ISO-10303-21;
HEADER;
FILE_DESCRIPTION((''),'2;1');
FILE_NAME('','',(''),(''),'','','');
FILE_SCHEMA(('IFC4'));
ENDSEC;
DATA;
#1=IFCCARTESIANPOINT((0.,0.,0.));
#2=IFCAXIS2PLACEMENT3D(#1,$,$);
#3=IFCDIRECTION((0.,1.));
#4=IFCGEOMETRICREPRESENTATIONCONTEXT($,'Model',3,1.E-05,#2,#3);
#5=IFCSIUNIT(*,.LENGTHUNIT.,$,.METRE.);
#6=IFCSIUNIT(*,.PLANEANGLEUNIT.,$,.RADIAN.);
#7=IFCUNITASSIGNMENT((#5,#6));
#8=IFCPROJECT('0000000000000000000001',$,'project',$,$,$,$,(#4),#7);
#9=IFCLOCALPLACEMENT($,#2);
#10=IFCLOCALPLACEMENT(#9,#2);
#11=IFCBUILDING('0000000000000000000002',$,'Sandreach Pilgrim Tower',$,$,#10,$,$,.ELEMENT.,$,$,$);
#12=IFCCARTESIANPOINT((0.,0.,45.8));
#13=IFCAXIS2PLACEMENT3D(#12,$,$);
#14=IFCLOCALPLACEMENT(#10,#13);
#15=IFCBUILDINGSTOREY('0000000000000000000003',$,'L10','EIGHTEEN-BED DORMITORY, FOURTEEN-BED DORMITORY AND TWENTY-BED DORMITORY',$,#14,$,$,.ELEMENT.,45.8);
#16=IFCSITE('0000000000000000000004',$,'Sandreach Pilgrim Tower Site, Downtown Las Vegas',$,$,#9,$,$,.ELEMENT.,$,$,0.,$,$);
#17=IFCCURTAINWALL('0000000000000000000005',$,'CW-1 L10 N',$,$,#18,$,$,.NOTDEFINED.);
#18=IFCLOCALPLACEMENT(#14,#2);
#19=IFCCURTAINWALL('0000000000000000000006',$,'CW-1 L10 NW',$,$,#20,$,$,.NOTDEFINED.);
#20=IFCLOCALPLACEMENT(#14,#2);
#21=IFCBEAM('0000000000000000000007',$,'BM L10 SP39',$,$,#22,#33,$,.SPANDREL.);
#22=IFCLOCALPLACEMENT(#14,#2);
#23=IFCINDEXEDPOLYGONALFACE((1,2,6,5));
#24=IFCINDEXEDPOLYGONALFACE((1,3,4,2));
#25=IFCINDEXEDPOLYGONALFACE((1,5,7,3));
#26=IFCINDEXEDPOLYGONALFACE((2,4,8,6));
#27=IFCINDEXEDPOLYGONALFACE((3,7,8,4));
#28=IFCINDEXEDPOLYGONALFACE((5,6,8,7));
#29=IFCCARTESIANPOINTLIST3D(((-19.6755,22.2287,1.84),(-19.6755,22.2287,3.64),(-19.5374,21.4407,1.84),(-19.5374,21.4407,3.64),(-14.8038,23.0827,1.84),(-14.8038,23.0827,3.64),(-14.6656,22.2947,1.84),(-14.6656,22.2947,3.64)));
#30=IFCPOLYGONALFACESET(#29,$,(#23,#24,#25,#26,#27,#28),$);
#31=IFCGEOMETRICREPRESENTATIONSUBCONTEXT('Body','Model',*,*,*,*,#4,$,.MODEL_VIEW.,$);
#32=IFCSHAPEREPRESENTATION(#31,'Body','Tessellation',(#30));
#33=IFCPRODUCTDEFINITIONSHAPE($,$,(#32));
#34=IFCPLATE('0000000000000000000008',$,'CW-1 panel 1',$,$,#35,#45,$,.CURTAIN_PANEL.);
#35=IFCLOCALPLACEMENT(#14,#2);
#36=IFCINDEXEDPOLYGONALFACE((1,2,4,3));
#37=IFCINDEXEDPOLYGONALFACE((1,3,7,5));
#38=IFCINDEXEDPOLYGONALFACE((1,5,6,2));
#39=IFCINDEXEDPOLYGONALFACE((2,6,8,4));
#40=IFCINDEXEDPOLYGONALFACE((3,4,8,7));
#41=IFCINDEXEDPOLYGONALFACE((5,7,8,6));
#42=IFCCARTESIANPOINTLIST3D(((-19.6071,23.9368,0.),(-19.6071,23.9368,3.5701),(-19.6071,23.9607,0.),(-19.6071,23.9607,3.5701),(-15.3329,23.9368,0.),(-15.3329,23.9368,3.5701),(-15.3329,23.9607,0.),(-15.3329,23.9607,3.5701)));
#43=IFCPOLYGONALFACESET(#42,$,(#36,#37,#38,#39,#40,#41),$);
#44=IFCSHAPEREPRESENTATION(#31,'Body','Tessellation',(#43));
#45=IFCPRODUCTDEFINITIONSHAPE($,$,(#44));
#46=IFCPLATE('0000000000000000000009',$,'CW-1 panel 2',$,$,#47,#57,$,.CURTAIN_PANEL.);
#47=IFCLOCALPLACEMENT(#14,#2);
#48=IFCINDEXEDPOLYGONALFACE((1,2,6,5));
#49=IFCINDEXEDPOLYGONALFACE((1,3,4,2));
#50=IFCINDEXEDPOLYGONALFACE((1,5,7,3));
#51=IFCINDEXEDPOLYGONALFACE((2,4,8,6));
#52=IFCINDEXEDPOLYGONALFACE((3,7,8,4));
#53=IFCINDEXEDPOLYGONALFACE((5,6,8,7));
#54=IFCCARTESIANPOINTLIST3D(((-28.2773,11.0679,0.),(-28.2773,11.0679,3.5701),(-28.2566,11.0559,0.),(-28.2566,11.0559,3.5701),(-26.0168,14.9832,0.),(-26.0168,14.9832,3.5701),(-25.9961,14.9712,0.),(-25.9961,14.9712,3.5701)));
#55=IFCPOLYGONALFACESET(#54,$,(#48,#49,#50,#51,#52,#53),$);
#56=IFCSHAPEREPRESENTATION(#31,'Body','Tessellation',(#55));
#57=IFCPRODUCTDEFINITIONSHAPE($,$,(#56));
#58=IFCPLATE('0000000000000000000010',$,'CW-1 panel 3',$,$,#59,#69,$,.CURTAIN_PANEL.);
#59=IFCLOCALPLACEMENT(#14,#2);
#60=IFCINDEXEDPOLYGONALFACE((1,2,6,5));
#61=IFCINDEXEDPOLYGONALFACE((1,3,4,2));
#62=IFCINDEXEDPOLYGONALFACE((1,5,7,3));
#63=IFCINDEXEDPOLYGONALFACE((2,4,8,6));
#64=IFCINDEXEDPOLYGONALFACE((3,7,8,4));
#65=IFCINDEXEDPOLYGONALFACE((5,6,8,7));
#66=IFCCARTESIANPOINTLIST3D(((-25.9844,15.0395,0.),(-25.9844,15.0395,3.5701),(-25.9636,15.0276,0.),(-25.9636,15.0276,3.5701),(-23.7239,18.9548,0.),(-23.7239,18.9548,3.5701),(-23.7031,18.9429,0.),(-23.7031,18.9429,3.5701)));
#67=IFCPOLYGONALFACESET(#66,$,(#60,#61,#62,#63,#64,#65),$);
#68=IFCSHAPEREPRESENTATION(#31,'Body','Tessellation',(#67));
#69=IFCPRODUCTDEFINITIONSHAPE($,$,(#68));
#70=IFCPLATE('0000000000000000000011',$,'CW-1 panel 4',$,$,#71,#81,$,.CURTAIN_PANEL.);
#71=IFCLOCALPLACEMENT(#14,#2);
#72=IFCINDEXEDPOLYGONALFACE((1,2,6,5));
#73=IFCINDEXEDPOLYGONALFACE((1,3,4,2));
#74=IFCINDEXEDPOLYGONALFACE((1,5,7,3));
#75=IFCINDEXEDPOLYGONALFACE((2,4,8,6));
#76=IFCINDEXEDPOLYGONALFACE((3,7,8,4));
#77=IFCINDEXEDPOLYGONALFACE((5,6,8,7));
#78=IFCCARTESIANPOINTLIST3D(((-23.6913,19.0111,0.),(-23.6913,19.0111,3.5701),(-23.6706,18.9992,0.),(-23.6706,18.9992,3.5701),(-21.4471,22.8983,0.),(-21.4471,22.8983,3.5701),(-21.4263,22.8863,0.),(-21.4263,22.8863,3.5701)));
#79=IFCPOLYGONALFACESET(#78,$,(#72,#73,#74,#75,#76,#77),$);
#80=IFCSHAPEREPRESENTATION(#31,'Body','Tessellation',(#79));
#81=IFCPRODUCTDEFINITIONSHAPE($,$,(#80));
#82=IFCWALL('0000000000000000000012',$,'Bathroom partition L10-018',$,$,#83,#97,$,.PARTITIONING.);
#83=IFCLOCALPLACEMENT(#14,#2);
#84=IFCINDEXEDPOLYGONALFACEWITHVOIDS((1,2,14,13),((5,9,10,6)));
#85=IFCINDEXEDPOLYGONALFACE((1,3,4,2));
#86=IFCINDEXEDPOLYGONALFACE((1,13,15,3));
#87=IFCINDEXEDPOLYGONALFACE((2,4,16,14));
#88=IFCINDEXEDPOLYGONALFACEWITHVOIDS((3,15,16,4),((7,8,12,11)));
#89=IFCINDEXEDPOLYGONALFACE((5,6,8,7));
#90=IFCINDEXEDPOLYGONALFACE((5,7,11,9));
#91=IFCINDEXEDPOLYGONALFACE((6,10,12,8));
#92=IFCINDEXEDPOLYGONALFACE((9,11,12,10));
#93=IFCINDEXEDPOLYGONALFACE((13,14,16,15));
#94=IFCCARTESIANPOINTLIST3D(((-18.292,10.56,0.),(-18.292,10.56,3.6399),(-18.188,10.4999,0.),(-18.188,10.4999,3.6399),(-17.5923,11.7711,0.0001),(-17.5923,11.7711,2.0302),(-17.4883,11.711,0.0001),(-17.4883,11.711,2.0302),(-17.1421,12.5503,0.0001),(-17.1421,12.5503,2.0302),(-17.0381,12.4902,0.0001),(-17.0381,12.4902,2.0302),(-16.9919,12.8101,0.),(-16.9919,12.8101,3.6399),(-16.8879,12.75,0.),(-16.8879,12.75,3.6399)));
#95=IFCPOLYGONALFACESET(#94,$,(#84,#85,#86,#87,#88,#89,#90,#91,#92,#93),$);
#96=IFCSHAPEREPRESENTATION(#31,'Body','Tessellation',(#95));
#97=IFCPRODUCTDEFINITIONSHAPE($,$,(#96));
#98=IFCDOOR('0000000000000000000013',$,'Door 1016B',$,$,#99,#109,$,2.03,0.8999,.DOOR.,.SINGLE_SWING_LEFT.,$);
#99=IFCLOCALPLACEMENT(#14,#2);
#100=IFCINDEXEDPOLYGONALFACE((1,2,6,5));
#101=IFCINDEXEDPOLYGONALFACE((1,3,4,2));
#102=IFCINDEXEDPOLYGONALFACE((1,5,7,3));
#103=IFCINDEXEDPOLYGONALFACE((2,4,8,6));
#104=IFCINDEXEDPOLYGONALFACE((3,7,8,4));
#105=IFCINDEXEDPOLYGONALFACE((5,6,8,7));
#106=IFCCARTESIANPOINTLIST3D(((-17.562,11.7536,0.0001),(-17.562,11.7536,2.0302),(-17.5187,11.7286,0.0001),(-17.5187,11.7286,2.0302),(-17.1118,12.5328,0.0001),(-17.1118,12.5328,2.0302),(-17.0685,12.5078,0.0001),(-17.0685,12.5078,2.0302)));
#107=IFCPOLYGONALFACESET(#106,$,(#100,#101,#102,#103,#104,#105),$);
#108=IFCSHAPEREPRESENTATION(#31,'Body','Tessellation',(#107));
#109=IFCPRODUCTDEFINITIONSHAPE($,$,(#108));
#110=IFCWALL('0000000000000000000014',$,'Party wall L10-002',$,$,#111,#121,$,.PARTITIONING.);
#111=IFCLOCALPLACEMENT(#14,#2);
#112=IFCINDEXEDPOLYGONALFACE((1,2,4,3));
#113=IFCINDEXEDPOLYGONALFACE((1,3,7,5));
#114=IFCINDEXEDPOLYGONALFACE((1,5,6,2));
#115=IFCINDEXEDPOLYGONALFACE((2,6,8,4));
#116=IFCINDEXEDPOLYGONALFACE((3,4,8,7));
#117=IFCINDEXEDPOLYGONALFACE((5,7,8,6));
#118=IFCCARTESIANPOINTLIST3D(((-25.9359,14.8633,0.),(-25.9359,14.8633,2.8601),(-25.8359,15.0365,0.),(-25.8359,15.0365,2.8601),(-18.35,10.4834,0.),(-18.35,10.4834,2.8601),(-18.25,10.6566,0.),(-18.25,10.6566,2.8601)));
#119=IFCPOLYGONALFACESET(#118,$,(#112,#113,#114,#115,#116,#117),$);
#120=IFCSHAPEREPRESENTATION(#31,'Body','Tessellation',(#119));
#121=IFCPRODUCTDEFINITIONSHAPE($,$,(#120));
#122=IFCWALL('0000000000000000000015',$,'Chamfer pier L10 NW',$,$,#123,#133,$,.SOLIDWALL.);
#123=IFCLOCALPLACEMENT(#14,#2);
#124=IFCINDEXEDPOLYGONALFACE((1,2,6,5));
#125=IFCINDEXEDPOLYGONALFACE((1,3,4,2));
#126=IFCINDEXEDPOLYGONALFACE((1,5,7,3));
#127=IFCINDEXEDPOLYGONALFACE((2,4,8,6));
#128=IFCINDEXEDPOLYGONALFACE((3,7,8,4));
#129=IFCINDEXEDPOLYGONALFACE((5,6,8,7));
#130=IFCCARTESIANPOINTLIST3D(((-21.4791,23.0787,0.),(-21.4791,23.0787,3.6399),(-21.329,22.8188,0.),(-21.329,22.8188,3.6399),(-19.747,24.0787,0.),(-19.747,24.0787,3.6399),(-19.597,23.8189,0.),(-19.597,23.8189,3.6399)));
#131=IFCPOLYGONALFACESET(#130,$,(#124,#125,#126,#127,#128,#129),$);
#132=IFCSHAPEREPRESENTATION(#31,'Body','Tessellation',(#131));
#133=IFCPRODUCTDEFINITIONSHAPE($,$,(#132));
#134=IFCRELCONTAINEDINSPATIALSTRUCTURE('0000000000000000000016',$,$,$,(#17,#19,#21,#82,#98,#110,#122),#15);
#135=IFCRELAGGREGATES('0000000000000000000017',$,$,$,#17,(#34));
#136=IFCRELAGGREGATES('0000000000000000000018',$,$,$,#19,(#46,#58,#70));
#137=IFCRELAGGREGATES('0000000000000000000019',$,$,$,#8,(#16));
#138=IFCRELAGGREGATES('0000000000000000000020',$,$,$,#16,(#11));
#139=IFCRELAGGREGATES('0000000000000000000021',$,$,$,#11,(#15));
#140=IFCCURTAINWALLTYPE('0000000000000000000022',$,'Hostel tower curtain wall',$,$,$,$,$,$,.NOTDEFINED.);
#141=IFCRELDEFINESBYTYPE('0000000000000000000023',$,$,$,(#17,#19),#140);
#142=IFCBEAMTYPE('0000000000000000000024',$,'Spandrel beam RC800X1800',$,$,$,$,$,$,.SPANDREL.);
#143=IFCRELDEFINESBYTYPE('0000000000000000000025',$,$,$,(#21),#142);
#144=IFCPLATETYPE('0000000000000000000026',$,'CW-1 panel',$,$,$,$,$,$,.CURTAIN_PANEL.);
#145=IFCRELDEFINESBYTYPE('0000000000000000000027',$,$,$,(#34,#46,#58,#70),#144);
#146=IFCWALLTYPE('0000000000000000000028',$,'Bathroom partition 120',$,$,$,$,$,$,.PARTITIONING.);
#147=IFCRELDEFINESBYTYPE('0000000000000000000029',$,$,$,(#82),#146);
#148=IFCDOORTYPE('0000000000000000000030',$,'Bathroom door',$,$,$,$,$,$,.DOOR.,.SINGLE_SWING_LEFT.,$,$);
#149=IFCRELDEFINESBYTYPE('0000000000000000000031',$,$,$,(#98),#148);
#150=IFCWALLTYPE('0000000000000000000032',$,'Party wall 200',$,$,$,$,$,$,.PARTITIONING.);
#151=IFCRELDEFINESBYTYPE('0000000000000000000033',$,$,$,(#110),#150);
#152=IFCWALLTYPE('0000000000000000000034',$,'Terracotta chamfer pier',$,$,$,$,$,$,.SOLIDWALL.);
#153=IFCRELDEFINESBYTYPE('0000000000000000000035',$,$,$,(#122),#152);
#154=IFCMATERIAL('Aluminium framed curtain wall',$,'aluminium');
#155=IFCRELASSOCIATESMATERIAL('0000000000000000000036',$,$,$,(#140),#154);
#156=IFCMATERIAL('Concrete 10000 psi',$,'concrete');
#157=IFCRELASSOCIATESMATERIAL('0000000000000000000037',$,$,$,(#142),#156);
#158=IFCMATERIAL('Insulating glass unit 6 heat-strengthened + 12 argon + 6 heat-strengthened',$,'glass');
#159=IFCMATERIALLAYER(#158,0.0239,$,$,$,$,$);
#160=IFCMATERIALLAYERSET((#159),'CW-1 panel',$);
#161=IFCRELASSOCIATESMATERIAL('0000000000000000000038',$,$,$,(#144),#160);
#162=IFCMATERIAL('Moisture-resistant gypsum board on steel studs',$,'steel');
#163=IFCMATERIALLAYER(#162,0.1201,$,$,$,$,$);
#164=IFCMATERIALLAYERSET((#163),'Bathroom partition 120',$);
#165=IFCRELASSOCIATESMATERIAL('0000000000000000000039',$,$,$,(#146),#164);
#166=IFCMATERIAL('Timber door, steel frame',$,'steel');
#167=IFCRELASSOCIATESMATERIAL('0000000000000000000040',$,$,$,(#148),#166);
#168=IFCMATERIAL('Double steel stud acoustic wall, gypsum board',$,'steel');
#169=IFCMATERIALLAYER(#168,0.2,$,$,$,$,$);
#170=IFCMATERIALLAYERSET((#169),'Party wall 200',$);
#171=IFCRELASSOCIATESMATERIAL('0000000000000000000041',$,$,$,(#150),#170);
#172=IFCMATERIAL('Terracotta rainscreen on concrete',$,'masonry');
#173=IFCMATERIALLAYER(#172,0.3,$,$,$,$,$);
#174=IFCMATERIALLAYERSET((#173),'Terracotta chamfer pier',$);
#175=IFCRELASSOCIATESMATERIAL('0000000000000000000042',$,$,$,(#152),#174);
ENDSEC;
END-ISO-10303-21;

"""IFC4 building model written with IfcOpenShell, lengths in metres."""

from ifc_helpers import new_model, si_unit, direction, frame, frame_2d, origin, origin_2d, place, context, subcontext, project, spatial, rectangle, extrude, material, layer, layer_set, material_profile, profile_set, type_object, element, fill, aggregate, save


model = new_model("IFC4")

# Units and contexts
model_context = context("Model", 3, precision=1e-05, world=origin(), true_north=direction((0.0, 1.0)))
body_context = subcontext(model_context, "Body", "Model", "MODEL_VIEW")
ifc_project = project(units=[si_unit("LENGTHUNIT", "METRE"), si_unit("PLANEANGLEUNIT", "RADIAN")], contexts=[model_context])

# Site, building, storey
site_placement = place(None, origin())
site = spatial("IfcSite", under=ifc_project, at=site_placement, Name="Sandreach Pilgrim Tower Site, Downtown Las Vegas", CompositionType="ELEMENT", RefElevation=0.0)
building_placement = place(site_placement, origin())
building = spatial("IfcBuilding", under=site, at=building_placement, Name="Sandreach Pilgrim Tower", CompositionType="ELEMENT")
storey_placement = place(building_placement, frame((0.0, 0.0, 45.8)))
storey = spatial("IfcBuildingStorey", under=building, at=storey_placement, Name="L10", Description="EIGHTEEN-BED DORMITORY, FOURTEEN-BED DORMITORY AND TWENTY-BED DORMITORY", CompositionType="ELEMENT", Elevation=45.8)

# Curtain wall
ifc_material_1 = material(Name="Aluminium framed curtain wall", Category="aluminium")
curtain_wall_type = type_object("IfcCurtainWallType", Name="Hostel tower curtain wall", PredefinedType="NOTDEFINED", material=ifc_material_1)
curtain_wall_1_placement = place(storey_placement, origin())
curtain_wall_1 = element("IfcCurtainWall", 1, at=curtain_wall_1_placement, inside=storey, type_object=curtain_wall_type, Name="CW-1 L10 N", PredefinedType="NOTDEFINED")

# Curtain wall
curtain_wall_2_placement = place(storey_placement, origin())
curtain_wall_2 = element("IfcCurtainWall", 2, at=curtain_wall_2_placement, inside=storey, type_object=curtain_wall_type, Name="CW-1 L10 NW", PredefinedType="NOTDEFINED")

# Beam
ifc_material_2 = material(Name="Concrete 10000 psi", Category="concrete")
ifc_material_profile_1 = material_profile(ifc_material_2, rectangle(XDim=0.8, YDim=1.8, at=origin_2d()), Name="RC800X1800")
ifc_profile_set_1 = profile_set([ifc_material_profile_1], Name="Concrete 10000 psi")
beam_type_1 = type_object("IfcBeamType", Name="Spandrel beam RC800X1800", PredefinedType="SPANDREL", material=ifc_profile_set_1)
beam_1_placement = place(storey_placement, frame((-19.6064, 21.8347, 2.74), z_axis=(0.984981, 0.172662, 0.0), x_axis=(-0.172662, 0.984981, 0.0)))
element("IfcBeam", 3, at=beam_1_placement, inside=storey, type_object=beam_type_1, Name="BM L10 SP39", PredefinedType="SPANDREL", context=body_context, shape_type="SweptSolid", body=[
    extrude(rectangle(XDim=0.8, YDim=1.8, at=origin_2d()), origin(), (0.0, 0.0, 1.0), 4.946),
])

# Plates
ifc_material_3 = material(Name="Insulating glass unit 6 heat-strengthened + 12 argon + 6 heat-strengthened", Category="glass")
ifc_layer_1 = layer(ifc_material_3, 0.0239)
ifc_layer_set_1 = layer_set([ifc_layer_1], Name="CW-1 panel")
plate_type = type_object("IfcPlateType", Name="CW-1 panel", PredefinedType="CURTAIN_PANEL", material=ifc_layer_set_1)
plate_1_placement = place(storey_placement, frame((-17.47, 23.9487, 0.0), z_axis=(0.0, 0.0, 1.0), x_axis=(1.0, 0.0, 0.0)))
plate_1 = element("IfcPlate", 4, at=plate_1_placement, type_object=plate_type, Name="CW-1 panel 1", PredefinedType="CURTAIN_PANEL", context=body_context, shape_type="SweptSolid", body=[
    extrude(rectangle(XDim=4.2742, YDim=0.0239, at=origin_2d()), origin(), (0.0, 0.0, 1.0), 3.5701),
])
aggregate(curtain_wall_1, [plate_1])
plate_2_placement = place(storey_placement, frame((-27.1367, 13.0195, 0.0), z_axis=(0.0, 0.0, 1.0), x_axis=(0.5, 0.866025, 0.0)))
plate_2 = element("IfcPlate", 5, at=plate_2_placement, type_object=plate_type, Name="CW-1 panel 2", PredefinedType="CURTAIN_PANEL", context=body_context, shape_type="SweptSolid", body=[
    extrude(rectangle(XDim=4.521, YDim=0.0239, at=origin_2d()), origin(), (0.0, 0.0, 1.0), 3.5701),
])
plate_3_placement = place(storey_placement, frame((-24.8438, 16.9912, 0.0), z_axis=(0.0, 0.0, 1.0), x_axis=(0.5, 0.866025, 0.0)))
plate_3 = element("IfcPlate", 6, at=plate_3_placement, type_object=plate_type, Name="CW-1 panel 3", PredefinedType="CURTAIN_PANEL", context=body_context, shape_type="SweptSolid", body=[
    extrude(rectangle(XDim=4.521, YDim=0.0239, at=origin_2d()), origin(), (0.0, 0.0, 1.0), 3.5701),
])
plate_4_placement = place(storey_placement, frame((-22.5588, 20.9487, 0.0), z_axis=(0.0, 0.0, 1.0), x_axis=(0.5, 0.866025, 0.0)))
plate_4 = element("IfcPlate", 7, at=plate_4_placement, type_object=plate_type, Name="CW-1 panel 4", PredefinedType="CURTAIN_PANEL", context=body_context, shape_type="SweptSolid", body=[
    extrude(rectangle(XDim=4.4885, YDim=0.0239, at=origin_2d()), origin(), (0.0, 0.0, 1.0), 3.5701),
])
aggregate(curtain_wall_2, [plate_2, plate_3, plate_4])

# Wall, opening, door
ifc_material_4 = material(Name="Moisture-resistant gypsum board on steel studs", Category="steel")
ifc_layer_2 = layer(ifc_material_4, 0.1201)
ifc_layer_set_2 = layer_set([ifc_layer_2], Name="Bathroom partition 120")
wall_type_1 = type_object("IfcWallType", Name="Bathroom partition 120", PredefinedType="PARTITIONING", material=ifc_layer_set_2)
wall_1_placement = place(storey_placement, frame((-16.9399, 12.78, 0.0), z_axis=(0.0, 0.0, 1.0), x_axis=(-0.500292, -0.865857, 0.0)))
wall_1 = element("IfcWall", 8, at=wall_1_placement, inside=storey, type_object=wall_type_1, Name="Bathroom partition L10-018", PredefinedType="PARTITIONING", context=body_context, shape_type="SweptSolid", body=[
    extrude(rectangle(XDim=2.5986, YDim=0.1201, at=frame_2d((1.2993, 0.0))), origin(), (0.0, 0.0, 1.0), 3.6399),
])
opening_placement = place(wall_1_placement, frame((0.3, 0.0, 0.0)))
opening = element("IfcOpeningElement", 9, at=opening_placement, cuts=wall_1, PredefinedType="OPENING", context=body_context, shape_type="SweptSolid", body=[
    extrude(rectangle(XDim=0.8999, YDim=2.03, at=frame_2d((0.45, 1.0151))), frame((0.0, 0.0601, 0.0), z_axis=(0.0, -1.0, 0.0), x_axis=(1.0, 0.0, 0.0)), (0.0, 0.0, 1.0), 0.1201),
])
ifc_material_5 = material(Name="Timber door, steel frame", Category="steel")
door_type = type_object("IfcDoorType", Name="Bathroom door", OperationType="SINGLE_SWING_LEFT", PredefinedType="DOOR", material=ifc_material_5)
door_placement = place(opening_placement, origin())
door = element("IfcDoor", 10, at=door_placement, inside=storey, type_object=door_type, Name="Door 1016B", OperationType="SINGLE_SWING_LEFT", OverallHeight=2.03, OverallWidth=0.8999, PredefinedType="DOOR", context=body_context, shape_type="SweptSolid", body=[
    extrude(rectangle(XDim=0.8999, YDim=2.03, at=frame_2d((0.45, 1.0151))), frame((0.0, 0.0249, 0.0), z_axis=(0.0, -1.0, 0.0), x_axis=(1.0, 0.0, 0.0)), (0.0, 0.0, 1.0), 0.05),
])
fill(opening, door)

# Walls
ifc_material_6 = material(Name="Double steel stud acoustic wall, gypsum board", Category="steel")
ifc_layer_3 = layer(ifc_material_6, 0.2)
ifc_layer_set_3 = layer_set([ifc_layer_3], Name="Party wall 200")
wall_type_2 = type_object("IfcWallType", Name="Party wall 200", PredefinedType="PARTITIONING", material=ifc_layer_set_3)
wall_2_placement = place(storey_placement, frame((-25.886, 14.95, 0.0), z_axis=(0.0, 0.0, 1.0), x_axis=(0.866018, -0.500012, 0.0)))
element("IfcWall", 11, at=wall_2_placement, inside=storey, type_object=wall_type_2, Name="Party wall L10-002", PredefinedType="PARTITIONING", context=body_context, shape_type="SweptSolid", body=[
    extrude(rectangle(XDim=8.7595, YDim=0.2, at=frame_2d((4.3799, 0.0))), origin(), (0.0, 0.0, 1.0), 2.8601),
])
ifc_material_7 = material(Name="Terracotta rainscreen on concrete", Category="masonry")
ifc_layer_4 = layer(ifc_material_7, 0.3)
ifc_layer_set_4 = layer_set([ifc_layer_4], Name="Terracotta chamfer pier")
wall_type_3 = type_object("IfcWallType", Name="Terracotta chamfer pier", PredefinedType="SOLIDWALL", material=ifc_layer_set_4)
wall_3_placement = place(storey_placement, frame((-21.4041, 22.9487, 0.0), z_axis=(0.0, 0.0, 1.0), x_axis=(0.866011, 0.500025, 0.0)))
element("IfcWall", 12, at=wall_3_placement, inside=storey, type_object=wall_type_3, Name="Chamfer pier L10 NW", PredefinedType="SOLIDWALL", context=body_context, shape_type="SweptSolid", body=[
    extrude(rectangle(XDim=2.0, YDim=0.3, at=frame_2d((1.0, 0.0))), origin(), (0.0, 0.0, 1.0), 3.6399),
])

save(model, "model.ifc")
